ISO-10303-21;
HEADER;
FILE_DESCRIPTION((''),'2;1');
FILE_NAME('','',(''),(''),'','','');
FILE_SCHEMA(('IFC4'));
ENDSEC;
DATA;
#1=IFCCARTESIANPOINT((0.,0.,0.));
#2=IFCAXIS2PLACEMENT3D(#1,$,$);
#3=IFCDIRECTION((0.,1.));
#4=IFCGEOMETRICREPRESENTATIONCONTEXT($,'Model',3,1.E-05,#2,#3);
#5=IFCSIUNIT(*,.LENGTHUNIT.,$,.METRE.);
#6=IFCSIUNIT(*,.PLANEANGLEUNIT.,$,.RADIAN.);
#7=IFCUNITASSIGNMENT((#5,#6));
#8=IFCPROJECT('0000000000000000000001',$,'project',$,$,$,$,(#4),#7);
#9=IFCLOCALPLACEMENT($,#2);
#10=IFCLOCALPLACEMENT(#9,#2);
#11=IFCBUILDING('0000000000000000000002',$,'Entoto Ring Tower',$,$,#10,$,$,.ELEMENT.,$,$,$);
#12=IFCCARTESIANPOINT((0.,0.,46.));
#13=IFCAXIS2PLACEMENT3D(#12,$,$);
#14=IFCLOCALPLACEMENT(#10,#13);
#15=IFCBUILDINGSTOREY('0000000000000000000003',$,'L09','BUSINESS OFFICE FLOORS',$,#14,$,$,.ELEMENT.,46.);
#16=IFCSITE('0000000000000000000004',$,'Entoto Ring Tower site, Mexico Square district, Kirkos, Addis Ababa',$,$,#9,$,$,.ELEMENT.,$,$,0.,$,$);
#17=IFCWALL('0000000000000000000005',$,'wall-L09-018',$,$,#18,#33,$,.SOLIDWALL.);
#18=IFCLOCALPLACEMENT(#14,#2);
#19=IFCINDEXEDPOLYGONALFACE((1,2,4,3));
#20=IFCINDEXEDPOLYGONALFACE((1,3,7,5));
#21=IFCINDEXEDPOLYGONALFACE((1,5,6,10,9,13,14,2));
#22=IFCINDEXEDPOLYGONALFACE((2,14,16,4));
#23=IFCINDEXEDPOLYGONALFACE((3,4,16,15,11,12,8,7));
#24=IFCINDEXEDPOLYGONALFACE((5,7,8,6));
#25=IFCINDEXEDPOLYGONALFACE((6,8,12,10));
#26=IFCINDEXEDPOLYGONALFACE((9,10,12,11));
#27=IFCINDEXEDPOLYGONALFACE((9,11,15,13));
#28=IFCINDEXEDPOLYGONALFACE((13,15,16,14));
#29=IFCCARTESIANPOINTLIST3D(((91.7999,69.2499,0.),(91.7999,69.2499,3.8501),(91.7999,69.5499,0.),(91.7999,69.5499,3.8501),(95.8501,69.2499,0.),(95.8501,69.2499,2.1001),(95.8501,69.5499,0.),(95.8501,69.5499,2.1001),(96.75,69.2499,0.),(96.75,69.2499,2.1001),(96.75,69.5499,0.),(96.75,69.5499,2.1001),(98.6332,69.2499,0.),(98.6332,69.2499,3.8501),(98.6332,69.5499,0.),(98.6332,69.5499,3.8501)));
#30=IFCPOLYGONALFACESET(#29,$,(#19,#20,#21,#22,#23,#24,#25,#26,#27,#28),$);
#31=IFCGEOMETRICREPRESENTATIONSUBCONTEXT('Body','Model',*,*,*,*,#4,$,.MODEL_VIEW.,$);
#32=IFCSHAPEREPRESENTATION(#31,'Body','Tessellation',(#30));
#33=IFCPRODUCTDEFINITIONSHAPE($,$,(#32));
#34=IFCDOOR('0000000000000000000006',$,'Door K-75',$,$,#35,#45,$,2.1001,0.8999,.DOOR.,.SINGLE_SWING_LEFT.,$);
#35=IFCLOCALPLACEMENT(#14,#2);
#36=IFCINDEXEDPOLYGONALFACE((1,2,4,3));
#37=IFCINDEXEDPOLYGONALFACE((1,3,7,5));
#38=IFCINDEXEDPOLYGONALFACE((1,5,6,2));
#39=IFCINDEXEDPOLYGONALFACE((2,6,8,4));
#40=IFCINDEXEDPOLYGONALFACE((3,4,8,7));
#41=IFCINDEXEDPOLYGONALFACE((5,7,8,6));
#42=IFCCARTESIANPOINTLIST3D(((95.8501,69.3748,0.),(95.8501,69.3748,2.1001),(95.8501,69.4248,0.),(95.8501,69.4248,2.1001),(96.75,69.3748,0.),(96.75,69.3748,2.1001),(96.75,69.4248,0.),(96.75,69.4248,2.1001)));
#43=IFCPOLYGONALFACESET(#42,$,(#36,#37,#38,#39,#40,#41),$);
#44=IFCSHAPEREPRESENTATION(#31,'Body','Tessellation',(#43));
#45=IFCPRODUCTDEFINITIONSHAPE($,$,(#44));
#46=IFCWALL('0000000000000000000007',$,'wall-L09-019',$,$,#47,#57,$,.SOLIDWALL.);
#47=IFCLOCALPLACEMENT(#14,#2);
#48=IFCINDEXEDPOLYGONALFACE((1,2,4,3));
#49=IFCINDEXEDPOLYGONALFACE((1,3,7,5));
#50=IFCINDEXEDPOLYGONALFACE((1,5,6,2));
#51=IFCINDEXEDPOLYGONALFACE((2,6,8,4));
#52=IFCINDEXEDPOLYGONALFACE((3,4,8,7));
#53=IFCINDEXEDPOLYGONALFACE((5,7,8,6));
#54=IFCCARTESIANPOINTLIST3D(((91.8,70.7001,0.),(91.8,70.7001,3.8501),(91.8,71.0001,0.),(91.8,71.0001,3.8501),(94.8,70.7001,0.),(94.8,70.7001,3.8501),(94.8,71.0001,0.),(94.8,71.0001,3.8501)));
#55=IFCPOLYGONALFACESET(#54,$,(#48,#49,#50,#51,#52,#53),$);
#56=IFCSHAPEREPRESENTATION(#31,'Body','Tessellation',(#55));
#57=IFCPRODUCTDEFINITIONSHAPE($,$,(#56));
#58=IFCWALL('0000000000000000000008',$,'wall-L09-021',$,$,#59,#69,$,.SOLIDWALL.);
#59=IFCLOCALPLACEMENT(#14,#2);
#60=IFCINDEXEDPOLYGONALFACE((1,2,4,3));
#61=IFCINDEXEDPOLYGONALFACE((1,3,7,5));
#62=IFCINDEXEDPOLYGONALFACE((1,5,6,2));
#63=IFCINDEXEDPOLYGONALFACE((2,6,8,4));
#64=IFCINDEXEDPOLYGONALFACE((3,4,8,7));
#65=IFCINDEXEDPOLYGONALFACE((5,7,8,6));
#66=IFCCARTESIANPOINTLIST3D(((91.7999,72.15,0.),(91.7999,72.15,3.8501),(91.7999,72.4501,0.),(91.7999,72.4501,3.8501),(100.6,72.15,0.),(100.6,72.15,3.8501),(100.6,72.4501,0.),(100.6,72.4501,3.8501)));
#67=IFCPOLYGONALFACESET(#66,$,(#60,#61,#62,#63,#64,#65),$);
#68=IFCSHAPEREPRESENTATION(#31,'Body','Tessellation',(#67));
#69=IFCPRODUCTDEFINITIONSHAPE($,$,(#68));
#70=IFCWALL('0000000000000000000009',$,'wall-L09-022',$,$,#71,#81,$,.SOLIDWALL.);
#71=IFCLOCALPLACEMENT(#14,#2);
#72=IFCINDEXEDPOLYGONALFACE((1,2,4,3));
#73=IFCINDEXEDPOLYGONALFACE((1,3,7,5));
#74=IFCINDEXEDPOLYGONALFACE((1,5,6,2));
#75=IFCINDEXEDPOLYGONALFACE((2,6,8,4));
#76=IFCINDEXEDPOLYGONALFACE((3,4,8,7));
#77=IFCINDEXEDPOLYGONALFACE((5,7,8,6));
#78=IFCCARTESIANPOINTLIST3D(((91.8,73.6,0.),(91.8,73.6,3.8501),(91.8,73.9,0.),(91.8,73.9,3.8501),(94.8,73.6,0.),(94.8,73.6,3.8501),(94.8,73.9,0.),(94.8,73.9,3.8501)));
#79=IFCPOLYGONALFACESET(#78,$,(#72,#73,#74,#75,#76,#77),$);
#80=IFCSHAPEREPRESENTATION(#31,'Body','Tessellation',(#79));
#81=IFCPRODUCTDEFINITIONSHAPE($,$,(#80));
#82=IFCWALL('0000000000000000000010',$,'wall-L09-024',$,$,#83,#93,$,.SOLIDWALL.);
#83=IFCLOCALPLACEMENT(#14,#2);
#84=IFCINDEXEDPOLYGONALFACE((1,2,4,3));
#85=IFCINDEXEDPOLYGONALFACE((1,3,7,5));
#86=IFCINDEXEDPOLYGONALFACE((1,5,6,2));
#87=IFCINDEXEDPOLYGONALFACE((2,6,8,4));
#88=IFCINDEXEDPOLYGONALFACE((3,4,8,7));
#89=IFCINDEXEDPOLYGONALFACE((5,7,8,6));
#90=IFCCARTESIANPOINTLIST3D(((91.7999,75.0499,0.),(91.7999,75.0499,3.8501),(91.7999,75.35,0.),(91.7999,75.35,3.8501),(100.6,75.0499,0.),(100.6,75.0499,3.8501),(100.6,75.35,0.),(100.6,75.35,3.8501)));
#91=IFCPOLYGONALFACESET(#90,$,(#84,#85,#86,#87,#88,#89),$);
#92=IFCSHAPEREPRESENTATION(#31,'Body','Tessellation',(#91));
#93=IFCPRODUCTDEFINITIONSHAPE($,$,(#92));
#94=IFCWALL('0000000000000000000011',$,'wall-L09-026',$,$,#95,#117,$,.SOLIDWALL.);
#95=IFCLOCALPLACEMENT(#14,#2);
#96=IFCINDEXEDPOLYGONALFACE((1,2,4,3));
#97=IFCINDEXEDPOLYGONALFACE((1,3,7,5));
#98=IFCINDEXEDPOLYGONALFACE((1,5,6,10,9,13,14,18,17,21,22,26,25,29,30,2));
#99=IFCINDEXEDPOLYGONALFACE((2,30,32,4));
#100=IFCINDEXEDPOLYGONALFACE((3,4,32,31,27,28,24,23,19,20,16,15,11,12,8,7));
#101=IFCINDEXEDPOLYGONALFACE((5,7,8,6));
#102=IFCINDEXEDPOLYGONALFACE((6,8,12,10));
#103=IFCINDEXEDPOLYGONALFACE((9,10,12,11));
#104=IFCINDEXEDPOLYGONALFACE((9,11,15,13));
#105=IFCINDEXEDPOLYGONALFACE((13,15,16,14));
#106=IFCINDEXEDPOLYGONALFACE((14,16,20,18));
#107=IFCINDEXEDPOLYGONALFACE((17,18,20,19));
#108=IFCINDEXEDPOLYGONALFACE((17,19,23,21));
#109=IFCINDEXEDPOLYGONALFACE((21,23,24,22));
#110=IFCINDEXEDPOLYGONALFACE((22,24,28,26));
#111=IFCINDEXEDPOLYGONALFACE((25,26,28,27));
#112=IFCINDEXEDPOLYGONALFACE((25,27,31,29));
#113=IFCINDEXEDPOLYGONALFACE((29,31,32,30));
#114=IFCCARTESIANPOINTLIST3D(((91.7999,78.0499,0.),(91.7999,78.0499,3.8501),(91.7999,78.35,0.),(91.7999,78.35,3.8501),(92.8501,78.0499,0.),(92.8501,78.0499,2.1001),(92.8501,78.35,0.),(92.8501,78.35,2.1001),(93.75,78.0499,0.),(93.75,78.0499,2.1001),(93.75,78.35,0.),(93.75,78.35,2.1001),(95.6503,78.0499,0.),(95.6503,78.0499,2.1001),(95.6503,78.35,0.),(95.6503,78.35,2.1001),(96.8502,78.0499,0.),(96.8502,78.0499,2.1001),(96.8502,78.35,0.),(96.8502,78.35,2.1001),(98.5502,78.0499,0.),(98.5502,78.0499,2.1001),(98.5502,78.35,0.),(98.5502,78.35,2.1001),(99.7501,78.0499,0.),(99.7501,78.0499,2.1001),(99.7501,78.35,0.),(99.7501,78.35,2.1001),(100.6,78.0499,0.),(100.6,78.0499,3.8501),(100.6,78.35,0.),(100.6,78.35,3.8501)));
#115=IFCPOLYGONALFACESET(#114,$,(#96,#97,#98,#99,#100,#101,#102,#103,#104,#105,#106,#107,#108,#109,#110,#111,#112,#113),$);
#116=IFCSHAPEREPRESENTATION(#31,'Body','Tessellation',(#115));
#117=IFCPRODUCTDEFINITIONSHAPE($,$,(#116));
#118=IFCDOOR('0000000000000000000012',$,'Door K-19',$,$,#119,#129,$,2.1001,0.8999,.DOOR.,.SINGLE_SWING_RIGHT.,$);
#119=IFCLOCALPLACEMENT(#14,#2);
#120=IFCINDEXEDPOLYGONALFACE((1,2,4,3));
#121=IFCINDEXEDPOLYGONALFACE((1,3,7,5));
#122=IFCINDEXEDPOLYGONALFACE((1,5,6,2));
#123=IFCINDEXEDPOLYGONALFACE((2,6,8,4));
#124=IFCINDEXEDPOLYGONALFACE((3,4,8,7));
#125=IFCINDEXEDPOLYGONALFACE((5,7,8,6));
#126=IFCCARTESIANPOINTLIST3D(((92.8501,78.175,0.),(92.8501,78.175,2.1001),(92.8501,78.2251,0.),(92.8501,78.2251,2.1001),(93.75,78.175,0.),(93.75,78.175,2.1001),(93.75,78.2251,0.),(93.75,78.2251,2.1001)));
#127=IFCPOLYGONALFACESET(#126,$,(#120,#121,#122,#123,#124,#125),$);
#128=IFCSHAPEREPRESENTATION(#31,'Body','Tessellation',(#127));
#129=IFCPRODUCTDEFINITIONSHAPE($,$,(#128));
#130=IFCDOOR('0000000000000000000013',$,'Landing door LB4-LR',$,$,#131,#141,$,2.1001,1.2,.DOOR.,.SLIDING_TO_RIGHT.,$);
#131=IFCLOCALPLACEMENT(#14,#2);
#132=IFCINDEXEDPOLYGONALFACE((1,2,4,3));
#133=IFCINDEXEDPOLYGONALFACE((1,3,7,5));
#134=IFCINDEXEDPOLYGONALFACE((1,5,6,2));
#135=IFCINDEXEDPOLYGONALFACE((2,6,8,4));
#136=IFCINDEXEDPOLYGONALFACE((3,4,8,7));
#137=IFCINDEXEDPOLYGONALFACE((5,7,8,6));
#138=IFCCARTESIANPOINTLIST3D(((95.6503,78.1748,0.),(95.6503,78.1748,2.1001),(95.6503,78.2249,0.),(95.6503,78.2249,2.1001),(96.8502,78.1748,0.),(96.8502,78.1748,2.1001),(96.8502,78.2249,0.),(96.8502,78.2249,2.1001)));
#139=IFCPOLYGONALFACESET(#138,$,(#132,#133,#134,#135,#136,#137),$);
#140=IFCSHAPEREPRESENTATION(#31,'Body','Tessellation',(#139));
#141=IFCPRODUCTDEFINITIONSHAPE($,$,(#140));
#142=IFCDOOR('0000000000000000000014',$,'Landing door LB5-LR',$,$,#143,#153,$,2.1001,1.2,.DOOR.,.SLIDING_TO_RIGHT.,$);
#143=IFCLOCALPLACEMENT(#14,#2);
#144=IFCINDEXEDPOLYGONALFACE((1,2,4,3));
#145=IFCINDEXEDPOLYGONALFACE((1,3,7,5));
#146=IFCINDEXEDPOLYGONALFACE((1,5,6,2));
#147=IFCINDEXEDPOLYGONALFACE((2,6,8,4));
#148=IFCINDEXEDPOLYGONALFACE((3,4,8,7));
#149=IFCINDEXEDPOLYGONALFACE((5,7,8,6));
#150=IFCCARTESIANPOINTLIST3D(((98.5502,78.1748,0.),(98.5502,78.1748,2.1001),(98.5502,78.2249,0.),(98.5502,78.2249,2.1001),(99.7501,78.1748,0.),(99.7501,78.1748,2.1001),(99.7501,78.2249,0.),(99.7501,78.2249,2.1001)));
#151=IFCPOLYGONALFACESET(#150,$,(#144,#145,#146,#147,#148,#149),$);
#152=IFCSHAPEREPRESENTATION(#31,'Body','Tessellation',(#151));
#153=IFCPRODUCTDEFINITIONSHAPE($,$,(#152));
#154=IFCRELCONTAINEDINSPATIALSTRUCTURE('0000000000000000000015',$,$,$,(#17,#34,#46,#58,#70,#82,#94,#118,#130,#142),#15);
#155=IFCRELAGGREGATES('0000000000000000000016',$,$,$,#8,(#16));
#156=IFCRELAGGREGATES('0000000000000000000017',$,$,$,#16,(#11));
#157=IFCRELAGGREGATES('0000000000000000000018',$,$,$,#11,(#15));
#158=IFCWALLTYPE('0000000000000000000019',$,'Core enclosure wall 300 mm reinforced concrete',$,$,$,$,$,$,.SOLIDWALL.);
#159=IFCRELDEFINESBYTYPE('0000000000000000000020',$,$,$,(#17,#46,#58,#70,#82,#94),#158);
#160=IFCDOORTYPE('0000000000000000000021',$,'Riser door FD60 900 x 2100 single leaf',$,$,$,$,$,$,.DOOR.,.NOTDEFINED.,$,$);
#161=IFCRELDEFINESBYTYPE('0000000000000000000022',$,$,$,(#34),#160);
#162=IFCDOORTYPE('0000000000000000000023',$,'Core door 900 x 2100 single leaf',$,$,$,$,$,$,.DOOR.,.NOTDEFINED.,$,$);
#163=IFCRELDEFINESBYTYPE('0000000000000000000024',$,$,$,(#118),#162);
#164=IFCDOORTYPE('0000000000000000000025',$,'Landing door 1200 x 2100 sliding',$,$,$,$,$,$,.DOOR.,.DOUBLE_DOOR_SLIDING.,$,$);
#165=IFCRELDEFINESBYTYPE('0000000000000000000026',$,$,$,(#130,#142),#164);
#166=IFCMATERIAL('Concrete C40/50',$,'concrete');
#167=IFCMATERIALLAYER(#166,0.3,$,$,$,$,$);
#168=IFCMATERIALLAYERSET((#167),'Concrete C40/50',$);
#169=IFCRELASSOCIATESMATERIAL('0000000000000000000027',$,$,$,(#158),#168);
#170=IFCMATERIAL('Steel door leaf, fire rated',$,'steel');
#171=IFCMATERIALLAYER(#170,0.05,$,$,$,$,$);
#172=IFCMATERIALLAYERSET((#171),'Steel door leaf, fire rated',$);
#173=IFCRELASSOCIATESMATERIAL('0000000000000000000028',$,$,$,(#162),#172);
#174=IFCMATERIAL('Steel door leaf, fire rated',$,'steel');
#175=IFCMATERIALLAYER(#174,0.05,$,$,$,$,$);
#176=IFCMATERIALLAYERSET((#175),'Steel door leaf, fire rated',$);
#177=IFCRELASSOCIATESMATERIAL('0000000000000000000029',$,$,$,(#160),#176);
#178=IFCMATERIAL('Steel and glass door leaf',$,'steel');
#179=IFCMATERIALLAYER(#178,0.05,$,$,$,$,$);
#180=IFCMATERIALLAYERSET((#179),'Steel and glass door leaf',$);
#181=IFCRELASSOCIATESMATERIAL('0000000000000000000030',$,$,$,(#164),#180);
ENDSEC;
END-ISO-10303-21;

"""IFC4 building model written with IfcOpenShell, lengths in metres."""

from ifc_helpers import new_model, si_unit, direction, frame, frame_2d, origin, place, context, subcontext, project, spatial, rectangle, extrude, material, layer, layer_set, type_object, element, fill, save


model = new_model("IFC4")

# Units and contexts
model_context = context("Model", 3, precision=1e-05, world=origin(), true_north=direction((0.0, 1.0)))
body_context = subcontext(model_context, "Body", "Model", "MODEL_VIEW")
ifc_project = project(units=[si_unit("LENGTHUNIT", "METRE"), si_unit("PLANEANGLEUNIT", "RADIAN")], contexts=[model_context])

# Site, building, storey
site_placement = place(None, origin())
site = spatial("IfcSite", under=ifc_project, at=site_placement, Name="Entoto Ring Tower site, Mexico Square district, Kirkos, Addis Ababa", CompositionType="ELEMENT", RefElevation=0.0)
building_placement = place(site_placement, origin())
building = spatial("IfcBuilding", under=site, at=building_placement, Name="Entoto Ring Tower", CompositionType="ELEMENT")
storey_placement = place(building_placement, frame((0.0, 0.0, 46.0)))
storey = spatial("IfcBuildingStorey", under=building, at=storey_placement, Name="L09", Description="BUSINESS OFFICE FLOORS", CompositionType="ELEMENT", Elevation=46.0)

# Shared definitions
ifc_material_1 = material(Name="Concrete C40/50", Category="concrete")
ifc_layer_1 = layer(ifc_material_1, 0.3)
ifc_layer_set_1 = layer_set([ifc_layer_1], Name="Concrete C40/50")
wall_type = type_object("IfcWallType", Name="Core enclosure wall 300 mm reinforced concrete", PredefinedType="SOLIDWALL", material=ifc_layer_set_1)

# Shared definitions
ifc_material_2 = material(Name="Steel door leaf, fire rated", Category="steel")
ifc_layer_2 = layer(ifc_material_2, 0.05)
ifc_layer_set_2 = layer_set([ifc_layer_2], Name="Steel door leaf, fire rated")
door_type_1 = type_object("IfcDoorType", Name="Core door 900 x 2100 single leaf", OperationType="NOTDEFINED", PredefinedType="DOOR", material=ifc_layer_set_2)

# Wall, opening, door
wall_1_placement = place(storey_placement, frame((91.8, 69.3999, 0.0), z_axis=(0.0, 0.0, 1.0), x_axis=(1.0, 0.0, 0.0)))
wall_1 = element("IfcWall", 1, at=wall_1_placement, inside=storey, type_object=wall_type, Name="wall-L09-018", PredefinedType="SOLIDWALL", context=body_context, shape_type="SweptSolid", body=[
    extrude(rectangle(XDim=6.8333, YDim=0.3, at=frame_2d((3.4165, 0.0))), origin(), (0.0, 0.0, 1.0), 3.8501),
])
opening_1_placement = place(wall_1_placement, frame((4.05, 0.0, 0.0)))
opening_1 = element("IfcOpeningElement", 2, at=opening_1_placement, cuts=wall_1, PredefinedType="OPENING", context=body_context, shape_type="SweptSolid", body=[
    extrude(rectangle(XDim=0.8999, YDim=2.1001, at=frame_2d((0.45, 1.05))), frame((0.0, 0.1602, 0.0), z_axis=(0.0, -1.0, 0.0), x_axis=(1.0, 0.0, 0.0)), (0.0, 0.0, 1.0), 0.3201),
])
ifc_material_3 = material(Name="Steel door leaf, fire rated", Category="steel")
ifc_layer_3 = layer(ifc_material_3, 0.05)
ifc_layer_set_3 = layer_set([ifc_layer_3], Name="Steel door leaf, fire rated")
door_type_2 = type_object("IfcDoorType", Name="Riser door FD60 900 x 2100 single leaf", OperationType="NOTDEFINED", PredefinedType="DOOR", material=ifc_layer_set_3)
door_1_placement = place(opening_1_placement, origin())
door_1 = element("IfcDoor", 3, at=door_1_placement, inside=storey, type_object=door_type_2, Name="Door K-75", OperationType="SINGLE_SWING_LEFT", OverallHeight=2.1001, OverallWidth=0.8999, PredefinedType="DOOR", context=body_context, shape_type="SweptSolid", body=[
    extrude(rectangle(XDim=0.8999, YDim=2.1001, at=frame_2d((0.45, 1.05))), frame((0.0, 0.0249, 0.0), z_axis=(0.0, -1.0, 0.0), x_axis=(1.0, 0.0, 0.0)), (0.0, 0.0, 1.0), 0.05),
])
fill(opening_1, door_1)

# Walls
wall_2_placement = place(storey_placement, frame((91.8, 70.8501, 0.0), z_axis=(0.0, 0.0, 1.0), x_axis=(1.0, 0.0, 0.0)))
element("IfcWall", 4, at=wall_2_placement, inside=storey, type_object=wall_type, Name="wall-L09-019", PredefinedType="SOLIDWALL", context=body_context, shape_type="SweptSolid", body=[
    extrude(rectangle(XDim=3.0, YDim=0.3, at=frame_2d((1.5, 0.0))), origin(), (0.0, 0.0, 1.0), 3.8501),
])
wall_3_placement = place(storey_placement, frame((91.8, 72.3, 0.0), z_axis=(0.0, 0.0, 1.0), x_axis=(1.0, 0.0, 0.0)))
element("IfcWall", 5, at=wall_3_placement, inside=storey, type_object=wall_type, Name="wall-L09-021", PredefinedType="SOLIDWALL", context=body_context, shape_type="SweptSolid", body=[
    extrude(rectangle(XDim=8.8, YDim=0.3, at=frame_2d((4.3999, 0.0))), origin(), (0.0, 0.0, 1.0), 3.8501),
])
wall_4_placement = place(storey_placement, frame((91.8, 73.75, 0.0), z_axis=(0.0, 0.0, 1.0), x_axis=(1.0, 0.0, 0.0)))
element("IfcWall", 6, at=wall_4_placement, inside=storey, type_object=wall_type, Name="wall-L09-022", PredefinedType="SOLIDWALL", context=body_context, shape_type="SweptSolid", body=[
    extrude(rectangle(XDim=3.0, YDim=0.3, at=frame_2d((1.5, 0.0))), origin(), (0.0, 0.0, 1.0), 3.8501),
])
wall_5_placement = place(storey_placement, frame((91.8, 75.2, 0.0), z_axis=(0.0, 0.0, 1.0), x_axis=(1.0, 0.0, 0.0)))
element("IfcWall", 7, at=wall_5_placement, inside=storey, type_object=wall_type, Name="wall-L09-024", PredefinedType="SOLIDWALL", context=body_context, shape_type="SweptSolid", body=[
    extrude(rectangle(XDim=8.8, YDim=0.3, at=frame_2d((4.3999, 0.0))), origin(), (0.0, 0.0, 1.0), 3.8501),
])

# Wall, openings, doors
wall_6_placement = place(storey_placement, frame((91.8, 78.2, 0.0), z_axis=(0.0, 0.0, 1.0), x_axis=(1.0, 0.0, 0.0)))
wall_6 = element("IfcWall", 8, at=wall_6_placement, inside=storey, type_object=wall_type, Name="wall-L09-026", PredefinedType="SOLIDWALL", context=body_context, shape_type="SweptSolid", body=[
    extrude(rectangle(XDim=8.8, YDim=0.3, at=frame_2d((4.3999, 0.0))), origin(), (0.0, 0.0, 1.0), 3.8501),
])
opening_2_placement = place(wall_6_placement, frame((3.8501, 0.0, 0.0)))
opening_2 = element("IfcOpeningElement", 9, at=opening_2_placement, cuts=wall_6, PredefinedType="OPENING", context=body_context, shape_type="SweptSolid", body=[
    extrude(rectangle(XDim=1.2, YDim=2.1001, at=frame_2d((0.6001, 1.05))), frame((0.0, 0.1602, 0.0), z_axis=(0.0, -1.0, 0.0), x_axis=(1.0, 0.0, 0.0)), (0.0, 0.0, 1.0), 0.3201),
])
opening_3_placement = place(wall_6_placement, frame((6.75, 0.0, 0.0)))
opening_3 = element("IfcOpeningElement", 10, at=opening_3_placement, cuts=wall_6, PredefinedType="OPENING", context=body_context, shape_type="SweptSolid", body=[
    extrude(rectangle(XDim=1.2, YDim=2.1001, at=frame_2d((0.6001, 1.05))), frame((0.0, 0.1602, 0.0), z_axis=(0.0, -1.0, 0.0), x_axis=(1.0, 0.0, 0.0)), (0.0, 0.0, 1.0), 0.3201),
])
opening_4_placement = place(wall_6_placement, frame((1.05, 0.0, 0.0)))
opening_4 = element("IfcOpeningElement", 11, at=opening_4_placement, cuts=wall_6, PredefinedType="OPENING", context=body_context, shape_type="SweptSolid", body=[
    extrude(rectangle(XDim=0.8999, YDim=2.1001, at=frame_2d((0.45, 1.05))), frame((0.0, 0.1602, 0.0), z_axis=(0.0, -1.0, 0.0), x_axis=(1.0, 0.0, 0.0)), (0.0, 0.0, 1.0), 0.3201),
])
door_2_placement = place(opening_4_placement, frame((0.8999, 0.0, 0.0), z_axis=(0.0, 0.0, 1.0), x_axis=(-1.0, 0.0, 0.0)))
door_2 = element("IfcDoor", 12, at=door_2_placement, inside=storey, type_object=door_type_1, Name="Door K-19", OperationType="SINGLE_SWING_RIGHT", OverallHeight=2.1001, OverallWidth=0.8999, PredefinedType="DOOR", context=body_context, shape_type="SweptSolid", body=[
    extrude(rectangle(XDim=0.8999, YDim=2.1001, at=frame_2d((0.45, 1.05))), frame((0.0, 0.0249, 0.0), z_axis=(0.0, -1.0, 0.0), x_axis=(1.0, 0.0, 0.0)), (0.0, 0.0, 1.0), 0.05),
])
fill(opening_4, door_2)
ifc_material_4 = material(Name="Steel and glass door leaf", Category="steel")
ifc_layer_4 = layer(ifc_material_4, 0.05)
ifc_layer_set_4 = layer_set([ifc_layer_4], Name="Steel and glass door leaf")
door_type_3 = type_object("IfcDoorType", Name="Landing door 1200 x 2100 sliding", OperationType="DOUBLE_DOOR_SLIDING", PredefinedType="DOOR", material=ifc_layer_set_4)
door_3_placement = place(opening_2_placement, origin())
door_3 = element("IfcDoor", 13, at=door_3_placement, inside=storey, type_object=door_type_3, Name="Landing door LB4-LR", OperationType="SLIDING_TO_RIGHT", OverallHeight=2.1001, OverallWidth=1.2, PredefinedType="DOOR", context=body_context, shape_type="SweptSolid", body=[
    extrude(rectangle(XDim=1.2, YDim=2.1001, at=frame_2d((0.6001, 1.05))), frame((0.0, 0.0249, 0.0), z_axis=(0.0, -1.0, 0.0), x_axis=(1.0, 0.0, 0.0)), (0.0, 0.0, 1.0), 0.05),
])
fill(opening_2, door_3)
door_4_placement = place(opening_3_placement, origin())
door_4 = element("IfcDoor", 14, at=door_4_placement, inside=storey, type_object=door_type_3, Name="Landing door LB5-LR", OperationType="SLIDING_TO_RIGHT", OverallHeight=2.1001, OverallWidth=1.2, PredefinedType="DOOR", context=body_context, shape_type="SweptSolid", body=[
    extrude(rectangle(XDim=1.2, YDim=2.1001, at=frame_2d((0.6001, 1.05))), frame((0.0, 0.0249, 0.0), z_axis=(0.0, -1.0, 0.0), x_axis=(1.0, 0.0, 0.0)), (0.0, 0.0, 1.0), 0.05),
])
fill(opening_3, door_4)

save(model, "model.ifc")
